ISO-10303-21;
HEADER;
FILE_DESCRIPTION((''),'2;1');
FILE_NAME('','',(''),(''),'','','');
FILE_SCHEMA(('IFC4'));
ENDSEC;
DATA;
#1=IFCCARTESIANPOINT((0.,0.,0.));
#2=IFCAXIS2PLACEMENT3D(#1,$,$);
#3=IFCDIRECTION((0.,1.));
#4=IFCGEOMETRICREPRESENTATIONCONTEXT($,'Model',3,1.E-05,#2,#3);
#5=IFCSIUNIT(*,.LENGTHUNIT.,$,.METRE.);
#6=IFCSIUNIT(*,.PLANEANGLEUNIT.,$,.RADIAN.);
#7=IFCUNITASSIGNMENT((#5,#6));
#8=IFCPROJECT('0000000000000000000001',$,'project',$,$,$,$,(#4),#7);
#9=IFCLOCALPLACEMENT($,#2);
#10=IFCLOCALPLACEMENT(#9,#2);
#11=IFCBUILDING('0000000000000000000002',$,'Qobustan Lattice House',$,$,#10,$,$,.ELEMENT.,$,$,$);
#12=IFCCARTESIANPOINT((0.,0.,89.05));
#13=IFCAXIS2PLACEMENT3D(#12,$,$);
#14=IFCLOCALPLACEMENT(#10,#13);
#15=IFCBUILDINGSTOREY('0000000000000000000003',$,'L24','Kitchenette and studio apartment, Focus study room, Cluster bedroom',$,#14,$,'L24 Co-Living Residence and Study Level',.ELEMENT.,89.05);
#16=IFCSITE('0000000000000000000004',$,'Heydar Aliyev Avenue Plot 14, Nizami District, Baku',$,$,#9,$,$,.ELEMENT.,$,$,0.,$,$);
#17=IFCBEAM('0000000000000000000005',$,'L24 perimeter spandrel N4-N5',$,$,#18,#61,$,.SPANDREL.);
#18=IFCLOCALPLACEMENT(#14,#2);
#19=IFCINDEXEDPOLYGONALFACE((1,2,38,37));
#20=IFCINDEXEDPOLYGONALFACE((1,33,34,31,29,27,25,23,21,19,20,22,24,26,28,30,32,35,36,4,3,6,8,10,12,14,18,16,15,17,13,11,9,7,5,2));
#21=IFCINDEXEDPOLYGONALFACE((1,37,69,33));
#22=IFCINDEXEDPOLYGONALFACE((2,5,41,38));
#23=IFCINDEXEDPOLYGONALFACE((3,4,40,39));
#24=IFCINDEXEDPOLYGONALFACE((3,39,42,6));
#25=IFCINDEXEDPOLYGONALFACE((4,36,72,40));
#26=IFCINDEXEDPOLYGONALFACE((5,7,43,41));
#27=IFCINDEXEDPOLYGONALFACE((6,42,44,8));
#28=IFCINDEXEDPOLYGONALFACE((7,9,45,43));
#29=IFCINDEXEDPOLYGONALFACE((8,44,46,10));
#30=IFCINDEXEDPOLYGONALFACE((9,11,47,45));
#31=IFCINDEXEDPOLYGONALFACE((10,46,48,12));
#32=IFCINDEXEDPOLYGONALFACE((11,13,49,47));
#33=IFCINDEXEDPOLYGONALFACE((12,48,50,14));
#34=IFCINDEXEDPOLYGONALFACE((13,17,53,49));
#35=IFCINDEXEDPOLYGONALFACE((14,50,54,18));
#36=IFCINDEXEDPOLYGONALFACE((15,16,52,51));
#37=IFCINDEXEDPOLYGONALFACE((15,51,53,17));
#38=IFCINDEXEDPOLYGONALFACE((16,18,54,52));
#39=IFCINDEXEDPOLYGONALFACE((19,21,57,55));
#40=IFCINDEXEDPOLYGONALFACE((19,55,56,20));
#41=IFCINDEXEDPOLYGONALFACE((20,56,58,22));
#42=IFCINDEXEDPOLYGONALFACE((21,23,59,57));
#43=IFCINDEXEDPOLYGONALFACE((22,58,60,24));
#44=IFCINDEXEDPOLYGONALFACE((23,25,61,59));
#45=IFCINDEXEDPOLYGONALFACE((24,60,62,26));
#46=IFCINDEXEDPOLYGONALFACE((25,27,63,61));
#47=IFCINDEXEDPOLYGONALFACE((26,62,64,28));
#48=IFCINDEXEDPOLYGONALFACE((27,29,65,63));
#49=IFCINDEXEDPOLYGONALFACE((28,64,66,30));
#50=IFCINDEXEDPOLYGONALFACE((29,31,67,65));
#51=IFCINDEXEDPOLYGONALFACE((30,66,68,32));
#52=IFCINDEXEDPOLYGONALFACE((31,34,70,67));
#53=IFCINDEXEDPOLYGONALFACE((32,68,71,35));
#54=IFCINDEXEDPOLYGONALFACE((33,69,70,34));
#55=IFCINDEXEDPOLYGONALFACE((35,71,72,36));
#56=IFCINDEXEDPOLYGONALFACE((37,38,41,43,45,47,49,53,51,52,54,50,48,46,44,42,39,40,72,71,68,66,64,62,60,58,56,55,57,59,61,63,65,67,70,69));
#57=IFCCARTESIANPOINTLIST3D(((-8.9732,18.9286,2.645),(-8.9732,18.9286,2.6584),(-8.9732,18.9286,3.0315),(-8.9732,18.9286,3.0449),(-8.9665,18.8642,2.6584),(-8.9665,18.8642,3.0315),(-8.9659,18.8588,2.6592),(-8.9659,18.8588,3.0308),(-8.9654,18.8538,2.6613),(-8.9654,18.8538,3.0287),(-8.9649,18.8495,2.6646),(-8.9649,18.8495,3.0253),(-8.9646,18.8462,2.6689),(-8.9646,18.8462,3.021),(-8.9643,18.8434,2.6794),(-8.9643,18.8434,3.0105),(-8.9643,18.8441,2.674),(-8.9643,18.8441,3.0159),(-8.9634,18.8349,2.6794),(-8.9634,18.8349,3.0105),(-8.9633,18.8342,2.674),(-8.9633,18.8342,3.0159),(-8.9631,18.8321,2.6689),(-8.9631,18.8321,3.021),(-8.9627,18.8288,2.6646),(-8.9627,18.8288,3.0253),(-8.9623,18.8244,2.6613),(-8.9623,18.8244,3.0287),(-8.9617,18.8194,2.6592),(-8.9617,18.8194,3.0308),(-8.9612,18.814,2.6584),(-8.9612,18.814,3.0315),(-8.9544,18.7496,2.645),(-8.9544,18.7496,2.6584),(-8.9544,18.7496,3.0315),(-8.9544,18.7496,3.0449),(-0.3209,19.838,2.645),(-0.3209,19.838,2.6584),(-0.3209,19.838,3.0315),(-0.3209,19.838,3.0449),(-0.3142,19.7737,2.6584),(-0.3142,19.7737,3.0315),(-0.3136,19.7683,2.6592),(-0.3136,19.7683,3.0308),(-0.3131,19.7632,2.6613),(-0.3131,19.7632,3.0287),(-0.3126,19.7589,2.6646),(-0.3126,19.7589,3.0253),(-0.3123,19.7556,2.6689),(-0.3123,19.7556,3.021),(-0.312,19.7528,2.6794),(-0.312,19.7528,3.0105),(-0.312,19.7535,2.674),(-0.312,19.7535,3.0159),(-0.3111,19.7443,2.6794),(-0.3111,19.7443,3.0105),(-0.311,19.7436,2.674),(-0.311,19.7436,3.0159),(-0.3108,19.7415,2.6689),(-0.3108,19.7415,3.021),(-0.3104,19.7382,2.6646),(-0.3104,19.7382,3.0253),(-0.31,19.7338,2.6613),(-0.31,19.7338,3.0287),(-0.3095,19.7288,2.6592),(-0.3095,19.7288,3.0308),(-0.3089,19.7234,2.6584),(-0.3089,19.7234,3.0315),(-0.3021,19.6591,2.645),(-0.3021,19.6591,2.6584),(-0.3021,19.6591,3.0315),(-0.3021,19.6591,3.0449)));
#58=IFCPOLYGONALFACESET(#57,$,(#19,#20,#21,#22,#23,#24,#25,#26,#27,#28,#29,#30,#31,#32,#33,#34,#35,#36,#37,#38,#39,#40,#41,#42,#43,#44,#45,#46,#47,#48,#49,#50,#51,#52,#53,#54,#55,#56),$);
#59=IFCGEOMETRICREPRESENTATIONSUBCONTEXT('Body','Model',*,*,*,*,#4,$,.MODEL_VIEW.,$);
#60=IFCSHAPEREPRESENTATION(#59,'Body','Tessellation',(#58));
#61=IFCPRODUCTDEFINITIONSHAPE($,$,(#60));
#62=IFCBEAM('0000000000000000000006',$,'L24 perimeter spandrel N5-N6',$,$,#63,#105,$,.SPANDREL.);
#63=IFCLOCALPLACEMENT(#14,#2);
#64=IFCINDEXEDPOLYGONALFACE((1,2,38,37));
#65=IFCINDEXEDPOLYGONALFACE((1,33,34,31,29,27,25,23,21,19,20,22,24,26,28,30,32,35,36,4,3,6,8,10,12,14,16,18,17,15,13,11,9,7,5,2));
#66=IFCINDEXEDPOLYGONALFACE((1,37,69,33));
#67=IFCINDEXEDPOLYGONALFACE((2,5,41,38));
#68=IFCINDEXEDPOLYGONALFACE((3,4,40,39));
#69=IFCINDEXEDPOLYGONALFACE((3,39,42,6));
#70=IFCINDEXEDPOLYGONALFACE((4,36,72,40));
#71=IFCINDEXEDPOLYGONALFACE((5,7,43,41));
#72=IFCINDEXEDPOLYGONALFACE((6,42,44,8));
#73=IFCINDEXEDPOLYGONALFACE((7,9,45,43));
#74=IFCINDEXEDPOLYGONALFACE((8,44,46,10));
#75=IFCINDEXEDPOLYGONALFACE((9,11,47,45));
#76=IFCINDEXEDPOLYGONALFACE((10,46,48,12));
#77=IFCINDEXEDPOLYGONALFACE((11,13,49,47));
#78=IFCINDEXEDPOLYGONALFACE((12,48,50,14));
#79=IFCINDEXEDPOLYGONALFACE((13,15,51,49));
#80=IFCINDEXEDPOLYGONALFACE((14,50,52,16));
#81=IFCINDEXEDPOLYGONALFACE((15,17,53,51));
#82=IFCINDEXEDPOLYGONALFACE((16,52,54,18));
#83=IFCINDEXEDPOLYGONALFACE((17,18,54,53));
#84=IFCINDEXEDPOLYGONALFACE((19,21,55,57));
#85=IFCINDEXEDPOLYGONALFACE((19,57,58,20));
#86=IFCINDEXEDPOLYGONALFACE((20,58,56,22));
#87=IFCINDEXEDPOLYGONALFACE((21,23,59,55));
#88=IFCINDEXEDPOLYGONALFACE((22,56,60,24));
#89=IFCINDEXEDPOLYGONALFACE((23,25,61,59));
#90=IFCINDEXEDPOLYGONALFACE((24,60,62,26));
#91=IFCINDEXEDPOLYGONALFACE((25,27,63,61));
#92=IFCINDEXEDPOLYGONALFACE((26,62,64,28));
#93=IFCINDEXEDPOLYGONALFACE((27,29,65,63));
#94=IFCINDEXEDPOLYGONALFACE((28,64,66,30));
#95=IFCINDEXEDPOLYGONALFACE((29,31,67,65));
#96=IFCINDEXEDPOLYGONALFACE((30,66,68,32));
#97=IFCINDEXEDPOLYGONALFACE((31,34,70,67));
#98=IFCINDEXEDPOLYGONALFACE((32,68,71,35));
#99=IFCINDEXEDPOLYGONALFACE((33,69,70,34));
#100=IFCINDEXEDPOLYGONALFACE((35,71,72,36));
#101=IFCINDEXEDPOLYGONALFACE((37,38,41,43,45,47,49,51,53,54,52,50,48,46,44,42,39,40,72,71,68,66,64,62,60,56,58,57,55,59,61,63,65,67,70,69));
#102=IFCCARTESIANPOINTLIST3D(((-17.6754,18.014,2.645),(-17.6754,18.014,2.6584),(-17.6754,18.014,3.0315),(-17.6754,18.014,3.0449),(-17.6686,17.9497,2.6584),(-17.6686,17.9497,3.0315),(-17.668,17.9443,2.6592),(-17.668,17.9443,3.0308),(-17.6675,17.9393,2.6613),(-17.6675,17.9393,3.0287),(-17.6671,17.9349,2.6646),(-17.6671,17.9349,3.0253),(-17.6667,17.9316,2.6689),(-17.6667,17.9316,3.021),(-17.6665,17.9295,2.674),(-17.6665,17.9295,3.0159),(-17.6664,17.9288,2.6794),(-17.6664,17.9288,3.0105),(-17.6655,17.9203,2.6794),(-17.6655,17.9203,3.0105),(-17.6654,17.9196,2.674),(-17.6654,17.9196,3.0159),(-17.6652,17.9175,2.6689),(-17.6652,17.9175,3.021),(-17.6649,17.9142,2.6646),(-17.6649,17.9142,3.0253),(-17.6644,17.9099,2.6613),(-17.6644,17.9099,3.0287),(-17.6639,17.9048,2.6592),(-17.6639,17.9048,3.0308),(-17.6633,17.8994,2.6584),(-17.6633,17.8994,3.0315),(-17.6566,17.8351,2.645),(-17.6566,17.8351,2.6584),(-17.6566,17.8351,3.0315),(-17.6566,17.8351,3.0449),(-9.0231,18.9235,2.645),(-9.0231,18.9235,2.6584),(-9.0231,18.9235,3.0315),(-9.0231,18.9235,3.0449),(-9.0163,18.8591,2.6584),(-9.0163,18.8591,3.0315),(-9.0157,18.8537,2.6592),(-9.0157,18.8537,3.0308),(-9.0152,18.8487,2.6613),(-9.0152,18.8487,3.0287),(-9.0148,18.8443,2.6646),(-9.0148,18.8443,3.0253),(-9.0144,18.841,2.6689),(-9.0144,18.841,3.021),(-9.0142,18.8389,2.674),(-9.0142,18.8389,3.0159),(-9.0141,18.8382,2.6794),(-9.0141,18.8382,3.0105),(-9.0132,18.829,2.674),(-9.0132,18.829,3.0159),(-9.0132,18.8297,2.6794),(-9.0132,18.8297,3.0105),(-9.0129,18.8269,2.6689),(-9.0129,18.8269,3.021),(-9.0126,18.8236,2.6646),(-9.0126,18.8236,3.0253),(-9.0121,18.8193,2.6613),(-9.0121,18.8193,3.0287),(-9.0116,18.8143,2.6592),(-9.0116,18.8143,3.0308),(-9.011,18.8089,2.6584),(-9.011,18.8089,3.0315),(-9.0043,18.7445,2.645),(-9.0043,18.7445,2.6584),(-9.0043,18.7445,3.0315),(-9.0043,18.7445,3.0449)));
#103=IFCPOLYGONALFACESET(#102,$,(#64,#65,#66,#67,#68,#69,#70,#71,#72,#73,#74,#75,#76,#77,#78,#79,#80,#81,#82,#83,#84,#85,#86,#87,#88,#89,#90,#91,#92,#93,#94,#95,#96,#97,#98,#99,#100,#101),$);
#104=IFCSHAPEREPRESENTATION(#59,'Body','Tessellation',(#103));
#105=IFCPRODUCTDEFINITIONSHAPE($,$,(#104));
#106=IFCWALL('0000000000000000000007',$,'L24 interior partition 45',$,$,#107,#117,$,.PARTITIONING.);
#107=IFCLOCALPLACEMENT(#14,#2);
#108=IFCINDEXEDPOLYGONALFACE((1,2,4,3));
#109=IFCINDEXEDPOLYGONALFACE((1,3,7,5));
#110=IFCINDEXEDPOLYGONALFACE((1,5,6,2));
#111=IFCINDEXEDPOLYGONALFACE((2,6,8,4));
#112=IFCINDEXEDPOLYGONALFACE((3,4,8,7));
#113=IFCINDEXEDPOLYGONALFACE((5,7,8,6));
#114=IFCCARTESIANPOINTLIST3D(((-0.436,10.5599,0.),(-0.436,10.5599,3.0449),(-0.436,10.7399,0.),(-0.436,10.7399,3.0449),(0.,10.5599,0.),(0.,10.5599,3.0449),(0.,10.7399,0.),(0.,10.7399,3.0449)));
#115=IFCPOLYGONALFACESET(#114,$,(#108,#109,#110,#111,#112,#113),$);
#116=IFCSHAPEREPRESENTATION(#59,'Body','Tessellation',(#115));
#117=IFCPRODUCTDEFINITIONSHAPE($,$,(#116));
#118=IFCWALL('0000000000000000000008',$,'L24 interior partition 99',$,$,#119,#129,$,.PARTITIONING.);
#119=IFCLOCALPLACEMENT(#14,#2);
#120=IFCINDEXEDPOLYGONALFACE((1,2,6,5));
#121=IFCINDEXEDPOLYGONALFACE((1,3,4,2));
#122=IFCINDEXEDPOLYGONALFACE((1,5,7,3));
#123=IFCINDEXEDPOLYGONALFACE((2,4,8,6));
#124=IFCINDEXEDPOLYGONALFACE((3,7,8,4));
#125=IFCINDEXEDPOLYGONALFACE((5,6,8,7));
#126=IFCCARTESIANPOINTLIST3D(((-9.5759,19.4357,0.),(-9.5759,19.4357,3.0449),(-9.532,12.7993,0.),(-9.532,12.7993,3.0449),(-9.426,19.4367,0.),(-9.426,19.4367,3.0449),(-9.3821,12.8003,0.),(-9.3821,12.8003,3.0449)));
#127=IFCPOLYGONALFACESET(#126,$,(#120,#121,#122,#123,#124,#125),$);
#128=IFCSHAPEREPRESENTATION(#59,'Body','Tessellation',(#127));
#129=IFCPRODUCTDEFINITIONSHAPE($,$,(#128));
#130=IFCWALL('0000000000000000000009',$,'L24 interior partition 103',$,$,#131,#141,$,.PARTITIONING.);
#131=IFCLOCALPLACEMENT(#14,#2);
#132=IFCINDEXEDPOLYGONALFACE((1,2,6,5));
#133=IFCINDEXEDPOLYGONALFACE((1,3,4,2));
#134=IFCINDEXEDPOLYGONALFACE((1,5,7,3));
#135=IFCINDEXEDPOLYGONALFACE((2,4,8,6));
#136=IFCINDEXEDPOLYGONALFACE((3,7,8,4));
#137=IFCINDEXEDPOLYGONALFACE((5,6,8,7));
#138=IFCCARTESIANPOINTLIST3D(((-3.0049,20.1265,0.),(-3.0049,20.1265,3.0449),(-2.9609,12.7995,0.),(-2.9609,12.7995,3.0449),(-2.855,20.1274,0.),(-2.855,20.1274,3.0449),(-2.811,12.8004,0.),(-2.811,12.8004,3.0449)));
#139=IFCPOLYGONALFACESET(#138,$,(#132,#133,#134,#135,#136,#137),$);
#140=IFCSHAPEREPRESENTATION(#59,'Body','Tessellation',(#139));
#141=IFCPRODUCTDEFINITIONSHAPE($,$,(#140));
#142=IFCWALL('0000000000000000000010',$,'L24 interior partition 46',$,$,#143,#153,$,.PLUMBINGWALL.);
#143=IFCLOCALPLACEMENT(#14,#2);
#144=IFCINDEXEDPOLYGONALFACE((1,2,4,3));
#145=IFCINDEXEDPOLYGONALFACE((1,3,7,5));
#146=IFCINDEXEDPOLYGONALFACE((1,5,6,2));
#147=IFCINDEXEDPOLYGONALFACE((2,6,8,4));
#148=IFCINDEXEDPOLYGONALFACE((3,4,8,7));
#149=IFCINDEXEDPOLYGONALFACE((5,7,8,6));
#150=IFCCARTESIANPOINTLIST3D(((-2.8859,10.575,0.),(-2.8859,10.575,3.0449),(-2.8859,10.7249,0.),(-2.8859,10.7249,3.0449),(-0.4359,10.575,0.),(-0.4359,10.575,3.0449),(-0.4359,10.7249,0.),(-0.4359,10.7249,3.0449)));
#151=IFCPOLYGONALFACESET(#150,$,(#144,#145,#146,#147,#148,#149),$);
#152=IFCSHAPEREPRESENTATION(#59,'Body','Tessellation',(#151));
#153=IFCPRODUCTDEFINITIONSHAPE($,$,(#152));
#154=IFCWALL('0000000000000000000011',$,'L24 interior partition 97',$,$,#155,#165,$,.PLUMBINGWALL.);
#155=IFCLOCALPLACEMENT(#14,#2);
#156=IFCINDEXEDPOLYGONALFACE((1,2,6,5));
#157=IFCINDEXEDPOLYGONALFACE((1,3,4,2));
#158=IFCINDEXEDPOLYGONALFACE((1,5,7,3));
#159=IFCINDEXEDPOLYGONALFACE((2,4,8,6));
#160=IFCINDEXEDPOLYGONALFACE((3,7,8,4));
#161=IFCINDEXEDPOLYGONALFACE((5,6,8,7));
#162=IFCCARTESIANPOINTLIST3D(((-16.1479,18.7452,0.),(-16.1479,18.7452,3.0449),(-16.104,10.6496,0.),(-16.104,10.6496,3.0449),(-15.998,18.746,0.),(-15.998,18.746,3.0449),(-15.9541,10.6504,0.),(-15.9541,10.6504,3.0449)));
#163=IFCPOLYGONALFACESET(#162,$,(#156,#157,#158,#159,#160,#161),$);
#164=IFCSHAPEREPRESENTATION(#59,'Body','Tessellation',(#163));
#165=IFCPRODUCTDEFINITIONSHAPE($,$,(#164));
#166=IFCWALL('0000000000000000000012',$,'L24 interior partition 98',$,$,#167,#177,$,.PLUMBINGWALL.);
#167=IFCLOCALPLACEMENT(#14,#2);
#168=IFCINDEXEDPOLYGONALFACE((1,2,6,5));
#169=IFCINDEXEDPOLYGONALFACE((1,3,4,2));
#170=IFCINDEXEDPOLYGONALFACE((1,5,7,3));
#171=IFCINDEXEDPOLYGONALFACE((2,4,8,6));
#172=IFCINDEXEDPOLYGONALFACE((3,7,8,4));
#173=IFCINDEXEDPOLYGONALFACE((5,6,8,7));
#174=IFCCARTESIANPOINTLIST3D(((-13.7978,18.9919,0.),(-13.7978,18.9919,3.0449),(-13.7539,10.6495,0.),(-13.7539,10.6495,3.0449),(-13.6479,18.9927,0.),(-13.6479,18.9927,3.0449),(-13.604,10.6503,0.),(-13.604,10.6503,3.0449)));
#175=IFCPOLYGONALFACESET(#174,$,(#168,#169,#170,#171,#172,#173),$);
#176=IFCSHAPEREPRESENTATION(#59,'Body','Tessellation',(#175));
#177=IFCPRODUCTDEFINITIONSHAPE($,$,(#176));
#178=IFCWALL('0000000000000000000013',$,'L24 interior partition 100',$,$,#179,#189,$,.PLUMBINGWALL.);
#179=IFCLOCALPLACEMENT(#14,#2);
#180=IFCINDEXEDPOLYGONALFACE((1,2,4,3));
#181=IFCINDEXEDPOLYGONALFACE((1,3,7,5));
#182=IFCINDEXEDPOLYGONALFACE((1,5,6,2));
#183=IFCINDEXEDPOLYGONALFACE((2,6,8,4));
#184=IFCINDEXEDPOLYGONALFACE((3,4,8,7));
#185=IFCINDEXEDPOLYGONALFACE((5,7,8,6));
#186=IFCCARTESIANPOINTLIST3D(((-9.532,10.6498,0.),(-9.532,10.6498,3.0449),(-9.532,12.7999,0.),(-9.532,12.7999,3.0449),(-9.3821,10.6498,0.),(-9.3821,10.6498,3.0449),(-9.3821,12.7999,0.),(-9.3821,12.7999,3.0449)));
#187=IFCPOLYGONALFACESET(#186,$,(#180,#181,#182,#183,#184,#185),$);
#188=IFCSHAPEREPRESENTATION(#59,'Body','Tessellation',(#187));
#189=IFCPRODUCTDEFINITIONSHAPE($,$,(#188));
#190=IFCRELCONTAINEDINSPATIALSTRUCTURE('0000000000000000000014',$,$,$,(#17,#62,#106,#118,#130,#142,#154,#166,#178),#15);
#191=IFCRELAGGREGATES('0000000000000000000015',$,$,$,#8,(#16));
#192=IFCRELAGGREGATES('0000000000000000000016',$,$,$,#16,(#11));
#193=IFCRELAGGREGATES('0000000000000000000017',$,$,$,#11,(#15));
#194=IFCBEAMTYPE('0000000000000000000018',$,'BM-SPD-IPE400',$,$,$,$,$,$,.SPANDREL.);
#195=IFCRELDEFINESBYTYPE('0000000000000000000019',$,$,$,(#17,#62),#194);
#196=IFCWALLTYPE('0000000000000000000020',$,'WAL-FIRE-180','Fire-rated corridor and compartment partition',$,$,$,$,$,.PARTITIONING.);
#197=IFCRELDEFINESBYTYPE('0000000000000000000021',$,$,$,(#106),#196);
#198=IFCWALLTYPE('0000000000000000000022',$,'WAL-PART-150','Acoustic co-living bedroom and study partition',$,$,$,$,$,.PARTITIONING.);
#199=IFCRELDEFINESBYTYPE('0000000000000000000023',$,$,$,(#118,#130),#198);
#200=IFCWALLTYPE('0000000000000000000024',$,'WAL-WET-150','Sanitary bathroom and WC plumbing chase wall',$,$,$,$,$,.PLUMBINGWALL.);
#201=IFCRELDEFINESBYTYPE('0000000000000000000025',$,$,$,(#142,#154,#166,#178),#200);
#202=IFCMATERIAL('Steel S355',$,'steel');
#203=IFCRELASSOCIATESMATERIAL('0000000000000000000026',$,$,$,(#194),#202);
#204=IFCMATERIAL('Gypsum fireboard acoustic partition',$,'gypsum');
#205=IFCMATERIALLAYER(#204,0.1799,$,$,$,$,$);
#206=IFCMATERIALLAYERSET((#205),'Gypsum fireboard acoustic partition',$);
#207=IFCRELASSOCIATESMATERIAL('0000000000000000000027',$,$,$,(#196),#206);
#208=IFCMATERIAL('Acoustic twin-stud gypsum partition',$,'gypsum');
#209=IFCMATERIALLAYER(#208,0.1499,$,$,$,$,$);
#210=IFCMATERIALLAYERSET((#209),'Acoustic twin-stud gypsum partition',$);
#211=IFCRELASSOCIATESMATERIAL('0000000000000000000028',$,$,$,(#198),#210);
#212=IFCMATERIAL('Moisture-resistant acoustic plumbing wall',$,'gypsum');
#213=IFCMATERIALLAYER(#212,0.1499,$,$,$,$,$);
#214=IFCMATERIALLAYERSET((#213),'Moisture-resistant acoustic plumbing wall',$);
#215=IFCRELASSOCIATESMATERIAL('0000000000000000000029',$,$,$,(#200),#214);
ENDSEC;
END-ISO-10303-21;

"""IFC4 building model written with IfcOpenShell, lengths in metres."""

from ifc_helpers import new_model, si_unit, direction, frame, frame_2d, origin, origin_2d, place, context, subcontext, project, spatial, rectangle, i_section, extrude, material, layer, layer_set, material_profile, profile_set, type_object, element, save


model = new_model("IFC4")

# Units and contexts
model_context = context("Model", 3, precision=1e-05, world=origin(), true_north=direction((0.0, 1.0)))
body_context = subcontext(model_context, "Body", "Model", "MODEL_VIEW")
ifc_project = project(units=[si_unit("LENGTHUNIT", "METRE"), si_unit("PLANEANGLEUNIT", "RADIAN")], contexts=[model_context])

# Site, building, storey
site_placement = place(None, origin())
site = spatial("IfcSite", under=ifc_project, at=site_placement, Name="Heydar Aliyev Avenue Plot 14, Nizami District, Baku", CompositionType="ELEMENT", RefElevation=0.0)
building_placement = place(site_placement, origin())
building = spatial("IfcBuilding", under=site, at=building_placement, Name="Qobustan Lattice House", CompositionType="ELEMENT")
storey_placement = place(building_placement, frame((0.0, 0.0, 89.05)))
storey = spatial("IfcBuildingStorey", under=building, at=storey_placement, Name="L24", Description="Kitchenette and studio apartment, Focus study room, Cluster bedroom", LongName="L24 Co-Living Residence and Study Level", CompositionType="ELEMENT", Elevation=89.05)

# Beams
ifc_material_1 = material(Name="Steel S355", Category="steel")
ifc_material_profile_1 = material_profile(ifc_material_1, i_section(OverallWidth=0.1799, OverallDepth=0.3999, WebThickness=0.0085, FlangeThickness=0.0134, FilletRadius=0.021, at=origin_2d()), Name="IPE400")
ifc_profile_set_1 = profile_set([ifc_material_profile_1], Name="Steel S355")
beam_type_1 = type_object("IfcBeamType", Name="BM-SPD-IPE400", PredefinedType="SPANDREL", material=ifc_profile_set_1)
for number, where, z_axis, x_axis, name in (
    (1, (-0.3115, 19.7485, 2.845), (-0.994522, -0.104531, 0.0), (0.104531, -0.994522, 0.0), "L24 perimeter spandrel N4-N5"),
    (2, (-9.0137, 18.834, 2.845), (-0.994522, -0.104531, 0.0), (0.104531, -0.994522, 0.0), "L24 perimeter spandrel N5-N6"),
):
    element("IfcBeam", number, at=place(storey_placement, frame(where, z_axis=z_axis, x_axis=x_axis)), inside=storey, type_object=beam_type_1, Name=name, PredefinedType="SPANDREL", context=body_context, shape_type="SweptSolid", body=[
        extrude(i_section(OverallWidth=0.1799, OverallDepth=0.3999, WebThickness=0.0085, FlangeThickness=0.0134, FilletRadius=0.021, at=origin_2d()), origin(), (0.0, 0.0, 1.0), 8.7),
    ])

# Shared definitions
ifc_material_2 = material(Name="Gypsum fireboard acoustic partition", Category="gypsum")
ifc_layer_1 = layer(ifc_material_2, 0.1799)
ifc_layer_set_1 = layer_set([ifc_layer_1], Name="Gypsum fireboard acoustic partition")
wall_type_1 = type_object("IfcWallType", Name="WAL-FIRE-180", Description="Fire-rated corridor and compartment partition", PredefinedType="PARTITIONING", material=ifc_layer_set_1)

# Walls
wall_1_placement = place(storey_placement, frame((-0.436, 10.6499, 0.0), z_axis=(0.0, 0.0, 1.0), x_axis=(1.0, 0.0, 0.0)))
element("IfcWall", 3, at=wall_1_placement, inside=storey, type_object=wall_type_1, Name="L24 interior partition 45", PredefinedType="PARTITIONING", context=body_context, shape_type="SweptSolid", body=[
    extrude(rectangle(XDim=0.436, YDim=0.1799, at=frame_2d((0.218, 0.0))), origin(), (0.0, 0.0, 1.0), 3.0449),
])
ifc_material_3 = material(Name="Acoustic twin-stud gypsum partition", Category="gypsum")
ifc_layer_2 = layer(ifc_material_3, 0.1499)
ifc_layer_set_2 = layer_set([ifc_layer_2], Name="Acoustic twin-stud gypsum partition")
wall_type_2 = type_object("IfcWallType", Name="WAL-PART-150", Description="Acoustic co-living bedroom and study partition", PredefinedType="PARTITIONING", material=ifc_layer_set_2)
wall_2_placement = place(storey_placement, frame((-9.501, 19.4363, 0.0), z_axis=(0.0, 0.0, 1.0), x_axis=(0.006622, -0.999978, 0.0)))
element("IfcWall", 4, at=wall_2_placement, inside=storey, type_object=wall_type_2, Name="L24 interior partition 99", PredefinedType="PARTITIONING", context=body_context, shape_type="SweptSolid", body=[
    extrude(rectangle(XDim=6.6365, YDim=0.1499, at=frame_2d((3.3184, 0.0))), origin(), (0.0, 0.0, 1.0), 3.0449),
])
wall_3_placement = place(storey_placement, frame((-2.9299, 20.127, 0.0), z_axis=(0.0, 0.0, 1.0), x_axis=(0.005998, -0.999982, 0.0)))
element("IfcWall", 5, at=wall_3_placement, inside=storey, type_object=wall_type_2, Name="L24 interior partition 103", PredefinedType="PARTITIONING", context=body_context, shape_type="SweptSolid", body=[
    extrude(rectangle(XDim=7.3271, YDim=0.1499, at=frame_2d((3.6636, 0.0))), origin(), (0.0, 0.0, 1.0), 3.0449),
])
ifc_material_4 = material(Name="Moisture-resistant acoustic plumbing wall", Category="gypsum")
ifc_layer_3 = layer(ifc_material_4, 0.1499)
ifc_layer_set_3 = layer_set([ifc_layer_3], Name="Moisture-resistant acoustic plumbing wall")
wall_type_3 = type_object("IfcWallType", Name="WAL-WET-150", Description="Sanitary bathroom and WC plumbing chase wall", PredefinedType="PLUMBINGWALL", material=ifc_layer_set_3)
wall_4_placement = place(storey_placement, frame((-2.886, 10.6499, 0.0), z_axis=(0.0, 0.0, 1.0), x_axis=(1.0, 0.0, 0.0)))
element("IfcWall", 6, at=wall_4_placement, inside=storey, type_object=wall_type_3, Name="L24 interior partition 46", PredefinedType="PLUMBINGWALL", context=body_context, shape_type="SweptSolid", body=[
    extrude(rectangle(XDim=2.45, YDim=0.1499, at=frame_2d((1.2251, 0.0))), origin(), (0.0, 0.0, 1.0), 3.0449),
])
wall_5_placement = place(storey_placement, frame((-16.073, 18.7456, 0.0), z_axis=(0.0, 0.0, 1.0), x_axis=(0.005428, -0.999985, 0.0)))
element("IfcWall", 7, at=wall_5_placement, inside=storey, type_object=wall_type_3, Name="L24 interior partition 97", PredefinedType="PLUMBINGWALL", context=body_context, shape_type="SweptSolid", body=[
    extrude(rectangle(XDim=8.0957, YDim=0.1499, at=frame_2d((4.0479, 0.0))), origin(), (0.0, 0.0, 1.0), 3.0449),
])
wall_6_placement = place(storey_placement, frame((-13.7229, 18.9924, 0.0), z_axis=(0.0, 0.0, 1.0), x_axis=(0.005268, -0.999986, 0.0)))
element("IfcWall", 8, at=wall_6_placement, inside=storey, type_object=wall_type_3, Name="L24 interior partition 98", PredefinedType="PLUMBINGWALL", context=body_context, shape_type="SweptSolid", body=[
    extrude(rectangle(XDim=8.3425, YDim=0.1499, at=frame_2d((4.1714, 0.0))), origin(), (0.0, 0.0, 1.0), 3.0449),
])
wall_7_placement = place(storey_placement, frame((-9.457, 12.8, 0.0), z_axis=(0.0, 0.0, 1.0), x_axis=(0.0, -1.0, 0.0)))
element("IfcWall", 9, at=wall_7_placement, inside=storey, type_object=wall_type_3, Name="L24 interior partition 100", PredefinedType="PLUMBINGWALL", context=body_context, shape_type="SweptSolid", body=[
    extrude(rectangle(XDim=2.1501, YDim=0.1499, at=frame_2d((1.0752, 0.0))), origin(), (0.0, 0.0, 1.0), 3.0449),
])

save(model, "model.ifc")
